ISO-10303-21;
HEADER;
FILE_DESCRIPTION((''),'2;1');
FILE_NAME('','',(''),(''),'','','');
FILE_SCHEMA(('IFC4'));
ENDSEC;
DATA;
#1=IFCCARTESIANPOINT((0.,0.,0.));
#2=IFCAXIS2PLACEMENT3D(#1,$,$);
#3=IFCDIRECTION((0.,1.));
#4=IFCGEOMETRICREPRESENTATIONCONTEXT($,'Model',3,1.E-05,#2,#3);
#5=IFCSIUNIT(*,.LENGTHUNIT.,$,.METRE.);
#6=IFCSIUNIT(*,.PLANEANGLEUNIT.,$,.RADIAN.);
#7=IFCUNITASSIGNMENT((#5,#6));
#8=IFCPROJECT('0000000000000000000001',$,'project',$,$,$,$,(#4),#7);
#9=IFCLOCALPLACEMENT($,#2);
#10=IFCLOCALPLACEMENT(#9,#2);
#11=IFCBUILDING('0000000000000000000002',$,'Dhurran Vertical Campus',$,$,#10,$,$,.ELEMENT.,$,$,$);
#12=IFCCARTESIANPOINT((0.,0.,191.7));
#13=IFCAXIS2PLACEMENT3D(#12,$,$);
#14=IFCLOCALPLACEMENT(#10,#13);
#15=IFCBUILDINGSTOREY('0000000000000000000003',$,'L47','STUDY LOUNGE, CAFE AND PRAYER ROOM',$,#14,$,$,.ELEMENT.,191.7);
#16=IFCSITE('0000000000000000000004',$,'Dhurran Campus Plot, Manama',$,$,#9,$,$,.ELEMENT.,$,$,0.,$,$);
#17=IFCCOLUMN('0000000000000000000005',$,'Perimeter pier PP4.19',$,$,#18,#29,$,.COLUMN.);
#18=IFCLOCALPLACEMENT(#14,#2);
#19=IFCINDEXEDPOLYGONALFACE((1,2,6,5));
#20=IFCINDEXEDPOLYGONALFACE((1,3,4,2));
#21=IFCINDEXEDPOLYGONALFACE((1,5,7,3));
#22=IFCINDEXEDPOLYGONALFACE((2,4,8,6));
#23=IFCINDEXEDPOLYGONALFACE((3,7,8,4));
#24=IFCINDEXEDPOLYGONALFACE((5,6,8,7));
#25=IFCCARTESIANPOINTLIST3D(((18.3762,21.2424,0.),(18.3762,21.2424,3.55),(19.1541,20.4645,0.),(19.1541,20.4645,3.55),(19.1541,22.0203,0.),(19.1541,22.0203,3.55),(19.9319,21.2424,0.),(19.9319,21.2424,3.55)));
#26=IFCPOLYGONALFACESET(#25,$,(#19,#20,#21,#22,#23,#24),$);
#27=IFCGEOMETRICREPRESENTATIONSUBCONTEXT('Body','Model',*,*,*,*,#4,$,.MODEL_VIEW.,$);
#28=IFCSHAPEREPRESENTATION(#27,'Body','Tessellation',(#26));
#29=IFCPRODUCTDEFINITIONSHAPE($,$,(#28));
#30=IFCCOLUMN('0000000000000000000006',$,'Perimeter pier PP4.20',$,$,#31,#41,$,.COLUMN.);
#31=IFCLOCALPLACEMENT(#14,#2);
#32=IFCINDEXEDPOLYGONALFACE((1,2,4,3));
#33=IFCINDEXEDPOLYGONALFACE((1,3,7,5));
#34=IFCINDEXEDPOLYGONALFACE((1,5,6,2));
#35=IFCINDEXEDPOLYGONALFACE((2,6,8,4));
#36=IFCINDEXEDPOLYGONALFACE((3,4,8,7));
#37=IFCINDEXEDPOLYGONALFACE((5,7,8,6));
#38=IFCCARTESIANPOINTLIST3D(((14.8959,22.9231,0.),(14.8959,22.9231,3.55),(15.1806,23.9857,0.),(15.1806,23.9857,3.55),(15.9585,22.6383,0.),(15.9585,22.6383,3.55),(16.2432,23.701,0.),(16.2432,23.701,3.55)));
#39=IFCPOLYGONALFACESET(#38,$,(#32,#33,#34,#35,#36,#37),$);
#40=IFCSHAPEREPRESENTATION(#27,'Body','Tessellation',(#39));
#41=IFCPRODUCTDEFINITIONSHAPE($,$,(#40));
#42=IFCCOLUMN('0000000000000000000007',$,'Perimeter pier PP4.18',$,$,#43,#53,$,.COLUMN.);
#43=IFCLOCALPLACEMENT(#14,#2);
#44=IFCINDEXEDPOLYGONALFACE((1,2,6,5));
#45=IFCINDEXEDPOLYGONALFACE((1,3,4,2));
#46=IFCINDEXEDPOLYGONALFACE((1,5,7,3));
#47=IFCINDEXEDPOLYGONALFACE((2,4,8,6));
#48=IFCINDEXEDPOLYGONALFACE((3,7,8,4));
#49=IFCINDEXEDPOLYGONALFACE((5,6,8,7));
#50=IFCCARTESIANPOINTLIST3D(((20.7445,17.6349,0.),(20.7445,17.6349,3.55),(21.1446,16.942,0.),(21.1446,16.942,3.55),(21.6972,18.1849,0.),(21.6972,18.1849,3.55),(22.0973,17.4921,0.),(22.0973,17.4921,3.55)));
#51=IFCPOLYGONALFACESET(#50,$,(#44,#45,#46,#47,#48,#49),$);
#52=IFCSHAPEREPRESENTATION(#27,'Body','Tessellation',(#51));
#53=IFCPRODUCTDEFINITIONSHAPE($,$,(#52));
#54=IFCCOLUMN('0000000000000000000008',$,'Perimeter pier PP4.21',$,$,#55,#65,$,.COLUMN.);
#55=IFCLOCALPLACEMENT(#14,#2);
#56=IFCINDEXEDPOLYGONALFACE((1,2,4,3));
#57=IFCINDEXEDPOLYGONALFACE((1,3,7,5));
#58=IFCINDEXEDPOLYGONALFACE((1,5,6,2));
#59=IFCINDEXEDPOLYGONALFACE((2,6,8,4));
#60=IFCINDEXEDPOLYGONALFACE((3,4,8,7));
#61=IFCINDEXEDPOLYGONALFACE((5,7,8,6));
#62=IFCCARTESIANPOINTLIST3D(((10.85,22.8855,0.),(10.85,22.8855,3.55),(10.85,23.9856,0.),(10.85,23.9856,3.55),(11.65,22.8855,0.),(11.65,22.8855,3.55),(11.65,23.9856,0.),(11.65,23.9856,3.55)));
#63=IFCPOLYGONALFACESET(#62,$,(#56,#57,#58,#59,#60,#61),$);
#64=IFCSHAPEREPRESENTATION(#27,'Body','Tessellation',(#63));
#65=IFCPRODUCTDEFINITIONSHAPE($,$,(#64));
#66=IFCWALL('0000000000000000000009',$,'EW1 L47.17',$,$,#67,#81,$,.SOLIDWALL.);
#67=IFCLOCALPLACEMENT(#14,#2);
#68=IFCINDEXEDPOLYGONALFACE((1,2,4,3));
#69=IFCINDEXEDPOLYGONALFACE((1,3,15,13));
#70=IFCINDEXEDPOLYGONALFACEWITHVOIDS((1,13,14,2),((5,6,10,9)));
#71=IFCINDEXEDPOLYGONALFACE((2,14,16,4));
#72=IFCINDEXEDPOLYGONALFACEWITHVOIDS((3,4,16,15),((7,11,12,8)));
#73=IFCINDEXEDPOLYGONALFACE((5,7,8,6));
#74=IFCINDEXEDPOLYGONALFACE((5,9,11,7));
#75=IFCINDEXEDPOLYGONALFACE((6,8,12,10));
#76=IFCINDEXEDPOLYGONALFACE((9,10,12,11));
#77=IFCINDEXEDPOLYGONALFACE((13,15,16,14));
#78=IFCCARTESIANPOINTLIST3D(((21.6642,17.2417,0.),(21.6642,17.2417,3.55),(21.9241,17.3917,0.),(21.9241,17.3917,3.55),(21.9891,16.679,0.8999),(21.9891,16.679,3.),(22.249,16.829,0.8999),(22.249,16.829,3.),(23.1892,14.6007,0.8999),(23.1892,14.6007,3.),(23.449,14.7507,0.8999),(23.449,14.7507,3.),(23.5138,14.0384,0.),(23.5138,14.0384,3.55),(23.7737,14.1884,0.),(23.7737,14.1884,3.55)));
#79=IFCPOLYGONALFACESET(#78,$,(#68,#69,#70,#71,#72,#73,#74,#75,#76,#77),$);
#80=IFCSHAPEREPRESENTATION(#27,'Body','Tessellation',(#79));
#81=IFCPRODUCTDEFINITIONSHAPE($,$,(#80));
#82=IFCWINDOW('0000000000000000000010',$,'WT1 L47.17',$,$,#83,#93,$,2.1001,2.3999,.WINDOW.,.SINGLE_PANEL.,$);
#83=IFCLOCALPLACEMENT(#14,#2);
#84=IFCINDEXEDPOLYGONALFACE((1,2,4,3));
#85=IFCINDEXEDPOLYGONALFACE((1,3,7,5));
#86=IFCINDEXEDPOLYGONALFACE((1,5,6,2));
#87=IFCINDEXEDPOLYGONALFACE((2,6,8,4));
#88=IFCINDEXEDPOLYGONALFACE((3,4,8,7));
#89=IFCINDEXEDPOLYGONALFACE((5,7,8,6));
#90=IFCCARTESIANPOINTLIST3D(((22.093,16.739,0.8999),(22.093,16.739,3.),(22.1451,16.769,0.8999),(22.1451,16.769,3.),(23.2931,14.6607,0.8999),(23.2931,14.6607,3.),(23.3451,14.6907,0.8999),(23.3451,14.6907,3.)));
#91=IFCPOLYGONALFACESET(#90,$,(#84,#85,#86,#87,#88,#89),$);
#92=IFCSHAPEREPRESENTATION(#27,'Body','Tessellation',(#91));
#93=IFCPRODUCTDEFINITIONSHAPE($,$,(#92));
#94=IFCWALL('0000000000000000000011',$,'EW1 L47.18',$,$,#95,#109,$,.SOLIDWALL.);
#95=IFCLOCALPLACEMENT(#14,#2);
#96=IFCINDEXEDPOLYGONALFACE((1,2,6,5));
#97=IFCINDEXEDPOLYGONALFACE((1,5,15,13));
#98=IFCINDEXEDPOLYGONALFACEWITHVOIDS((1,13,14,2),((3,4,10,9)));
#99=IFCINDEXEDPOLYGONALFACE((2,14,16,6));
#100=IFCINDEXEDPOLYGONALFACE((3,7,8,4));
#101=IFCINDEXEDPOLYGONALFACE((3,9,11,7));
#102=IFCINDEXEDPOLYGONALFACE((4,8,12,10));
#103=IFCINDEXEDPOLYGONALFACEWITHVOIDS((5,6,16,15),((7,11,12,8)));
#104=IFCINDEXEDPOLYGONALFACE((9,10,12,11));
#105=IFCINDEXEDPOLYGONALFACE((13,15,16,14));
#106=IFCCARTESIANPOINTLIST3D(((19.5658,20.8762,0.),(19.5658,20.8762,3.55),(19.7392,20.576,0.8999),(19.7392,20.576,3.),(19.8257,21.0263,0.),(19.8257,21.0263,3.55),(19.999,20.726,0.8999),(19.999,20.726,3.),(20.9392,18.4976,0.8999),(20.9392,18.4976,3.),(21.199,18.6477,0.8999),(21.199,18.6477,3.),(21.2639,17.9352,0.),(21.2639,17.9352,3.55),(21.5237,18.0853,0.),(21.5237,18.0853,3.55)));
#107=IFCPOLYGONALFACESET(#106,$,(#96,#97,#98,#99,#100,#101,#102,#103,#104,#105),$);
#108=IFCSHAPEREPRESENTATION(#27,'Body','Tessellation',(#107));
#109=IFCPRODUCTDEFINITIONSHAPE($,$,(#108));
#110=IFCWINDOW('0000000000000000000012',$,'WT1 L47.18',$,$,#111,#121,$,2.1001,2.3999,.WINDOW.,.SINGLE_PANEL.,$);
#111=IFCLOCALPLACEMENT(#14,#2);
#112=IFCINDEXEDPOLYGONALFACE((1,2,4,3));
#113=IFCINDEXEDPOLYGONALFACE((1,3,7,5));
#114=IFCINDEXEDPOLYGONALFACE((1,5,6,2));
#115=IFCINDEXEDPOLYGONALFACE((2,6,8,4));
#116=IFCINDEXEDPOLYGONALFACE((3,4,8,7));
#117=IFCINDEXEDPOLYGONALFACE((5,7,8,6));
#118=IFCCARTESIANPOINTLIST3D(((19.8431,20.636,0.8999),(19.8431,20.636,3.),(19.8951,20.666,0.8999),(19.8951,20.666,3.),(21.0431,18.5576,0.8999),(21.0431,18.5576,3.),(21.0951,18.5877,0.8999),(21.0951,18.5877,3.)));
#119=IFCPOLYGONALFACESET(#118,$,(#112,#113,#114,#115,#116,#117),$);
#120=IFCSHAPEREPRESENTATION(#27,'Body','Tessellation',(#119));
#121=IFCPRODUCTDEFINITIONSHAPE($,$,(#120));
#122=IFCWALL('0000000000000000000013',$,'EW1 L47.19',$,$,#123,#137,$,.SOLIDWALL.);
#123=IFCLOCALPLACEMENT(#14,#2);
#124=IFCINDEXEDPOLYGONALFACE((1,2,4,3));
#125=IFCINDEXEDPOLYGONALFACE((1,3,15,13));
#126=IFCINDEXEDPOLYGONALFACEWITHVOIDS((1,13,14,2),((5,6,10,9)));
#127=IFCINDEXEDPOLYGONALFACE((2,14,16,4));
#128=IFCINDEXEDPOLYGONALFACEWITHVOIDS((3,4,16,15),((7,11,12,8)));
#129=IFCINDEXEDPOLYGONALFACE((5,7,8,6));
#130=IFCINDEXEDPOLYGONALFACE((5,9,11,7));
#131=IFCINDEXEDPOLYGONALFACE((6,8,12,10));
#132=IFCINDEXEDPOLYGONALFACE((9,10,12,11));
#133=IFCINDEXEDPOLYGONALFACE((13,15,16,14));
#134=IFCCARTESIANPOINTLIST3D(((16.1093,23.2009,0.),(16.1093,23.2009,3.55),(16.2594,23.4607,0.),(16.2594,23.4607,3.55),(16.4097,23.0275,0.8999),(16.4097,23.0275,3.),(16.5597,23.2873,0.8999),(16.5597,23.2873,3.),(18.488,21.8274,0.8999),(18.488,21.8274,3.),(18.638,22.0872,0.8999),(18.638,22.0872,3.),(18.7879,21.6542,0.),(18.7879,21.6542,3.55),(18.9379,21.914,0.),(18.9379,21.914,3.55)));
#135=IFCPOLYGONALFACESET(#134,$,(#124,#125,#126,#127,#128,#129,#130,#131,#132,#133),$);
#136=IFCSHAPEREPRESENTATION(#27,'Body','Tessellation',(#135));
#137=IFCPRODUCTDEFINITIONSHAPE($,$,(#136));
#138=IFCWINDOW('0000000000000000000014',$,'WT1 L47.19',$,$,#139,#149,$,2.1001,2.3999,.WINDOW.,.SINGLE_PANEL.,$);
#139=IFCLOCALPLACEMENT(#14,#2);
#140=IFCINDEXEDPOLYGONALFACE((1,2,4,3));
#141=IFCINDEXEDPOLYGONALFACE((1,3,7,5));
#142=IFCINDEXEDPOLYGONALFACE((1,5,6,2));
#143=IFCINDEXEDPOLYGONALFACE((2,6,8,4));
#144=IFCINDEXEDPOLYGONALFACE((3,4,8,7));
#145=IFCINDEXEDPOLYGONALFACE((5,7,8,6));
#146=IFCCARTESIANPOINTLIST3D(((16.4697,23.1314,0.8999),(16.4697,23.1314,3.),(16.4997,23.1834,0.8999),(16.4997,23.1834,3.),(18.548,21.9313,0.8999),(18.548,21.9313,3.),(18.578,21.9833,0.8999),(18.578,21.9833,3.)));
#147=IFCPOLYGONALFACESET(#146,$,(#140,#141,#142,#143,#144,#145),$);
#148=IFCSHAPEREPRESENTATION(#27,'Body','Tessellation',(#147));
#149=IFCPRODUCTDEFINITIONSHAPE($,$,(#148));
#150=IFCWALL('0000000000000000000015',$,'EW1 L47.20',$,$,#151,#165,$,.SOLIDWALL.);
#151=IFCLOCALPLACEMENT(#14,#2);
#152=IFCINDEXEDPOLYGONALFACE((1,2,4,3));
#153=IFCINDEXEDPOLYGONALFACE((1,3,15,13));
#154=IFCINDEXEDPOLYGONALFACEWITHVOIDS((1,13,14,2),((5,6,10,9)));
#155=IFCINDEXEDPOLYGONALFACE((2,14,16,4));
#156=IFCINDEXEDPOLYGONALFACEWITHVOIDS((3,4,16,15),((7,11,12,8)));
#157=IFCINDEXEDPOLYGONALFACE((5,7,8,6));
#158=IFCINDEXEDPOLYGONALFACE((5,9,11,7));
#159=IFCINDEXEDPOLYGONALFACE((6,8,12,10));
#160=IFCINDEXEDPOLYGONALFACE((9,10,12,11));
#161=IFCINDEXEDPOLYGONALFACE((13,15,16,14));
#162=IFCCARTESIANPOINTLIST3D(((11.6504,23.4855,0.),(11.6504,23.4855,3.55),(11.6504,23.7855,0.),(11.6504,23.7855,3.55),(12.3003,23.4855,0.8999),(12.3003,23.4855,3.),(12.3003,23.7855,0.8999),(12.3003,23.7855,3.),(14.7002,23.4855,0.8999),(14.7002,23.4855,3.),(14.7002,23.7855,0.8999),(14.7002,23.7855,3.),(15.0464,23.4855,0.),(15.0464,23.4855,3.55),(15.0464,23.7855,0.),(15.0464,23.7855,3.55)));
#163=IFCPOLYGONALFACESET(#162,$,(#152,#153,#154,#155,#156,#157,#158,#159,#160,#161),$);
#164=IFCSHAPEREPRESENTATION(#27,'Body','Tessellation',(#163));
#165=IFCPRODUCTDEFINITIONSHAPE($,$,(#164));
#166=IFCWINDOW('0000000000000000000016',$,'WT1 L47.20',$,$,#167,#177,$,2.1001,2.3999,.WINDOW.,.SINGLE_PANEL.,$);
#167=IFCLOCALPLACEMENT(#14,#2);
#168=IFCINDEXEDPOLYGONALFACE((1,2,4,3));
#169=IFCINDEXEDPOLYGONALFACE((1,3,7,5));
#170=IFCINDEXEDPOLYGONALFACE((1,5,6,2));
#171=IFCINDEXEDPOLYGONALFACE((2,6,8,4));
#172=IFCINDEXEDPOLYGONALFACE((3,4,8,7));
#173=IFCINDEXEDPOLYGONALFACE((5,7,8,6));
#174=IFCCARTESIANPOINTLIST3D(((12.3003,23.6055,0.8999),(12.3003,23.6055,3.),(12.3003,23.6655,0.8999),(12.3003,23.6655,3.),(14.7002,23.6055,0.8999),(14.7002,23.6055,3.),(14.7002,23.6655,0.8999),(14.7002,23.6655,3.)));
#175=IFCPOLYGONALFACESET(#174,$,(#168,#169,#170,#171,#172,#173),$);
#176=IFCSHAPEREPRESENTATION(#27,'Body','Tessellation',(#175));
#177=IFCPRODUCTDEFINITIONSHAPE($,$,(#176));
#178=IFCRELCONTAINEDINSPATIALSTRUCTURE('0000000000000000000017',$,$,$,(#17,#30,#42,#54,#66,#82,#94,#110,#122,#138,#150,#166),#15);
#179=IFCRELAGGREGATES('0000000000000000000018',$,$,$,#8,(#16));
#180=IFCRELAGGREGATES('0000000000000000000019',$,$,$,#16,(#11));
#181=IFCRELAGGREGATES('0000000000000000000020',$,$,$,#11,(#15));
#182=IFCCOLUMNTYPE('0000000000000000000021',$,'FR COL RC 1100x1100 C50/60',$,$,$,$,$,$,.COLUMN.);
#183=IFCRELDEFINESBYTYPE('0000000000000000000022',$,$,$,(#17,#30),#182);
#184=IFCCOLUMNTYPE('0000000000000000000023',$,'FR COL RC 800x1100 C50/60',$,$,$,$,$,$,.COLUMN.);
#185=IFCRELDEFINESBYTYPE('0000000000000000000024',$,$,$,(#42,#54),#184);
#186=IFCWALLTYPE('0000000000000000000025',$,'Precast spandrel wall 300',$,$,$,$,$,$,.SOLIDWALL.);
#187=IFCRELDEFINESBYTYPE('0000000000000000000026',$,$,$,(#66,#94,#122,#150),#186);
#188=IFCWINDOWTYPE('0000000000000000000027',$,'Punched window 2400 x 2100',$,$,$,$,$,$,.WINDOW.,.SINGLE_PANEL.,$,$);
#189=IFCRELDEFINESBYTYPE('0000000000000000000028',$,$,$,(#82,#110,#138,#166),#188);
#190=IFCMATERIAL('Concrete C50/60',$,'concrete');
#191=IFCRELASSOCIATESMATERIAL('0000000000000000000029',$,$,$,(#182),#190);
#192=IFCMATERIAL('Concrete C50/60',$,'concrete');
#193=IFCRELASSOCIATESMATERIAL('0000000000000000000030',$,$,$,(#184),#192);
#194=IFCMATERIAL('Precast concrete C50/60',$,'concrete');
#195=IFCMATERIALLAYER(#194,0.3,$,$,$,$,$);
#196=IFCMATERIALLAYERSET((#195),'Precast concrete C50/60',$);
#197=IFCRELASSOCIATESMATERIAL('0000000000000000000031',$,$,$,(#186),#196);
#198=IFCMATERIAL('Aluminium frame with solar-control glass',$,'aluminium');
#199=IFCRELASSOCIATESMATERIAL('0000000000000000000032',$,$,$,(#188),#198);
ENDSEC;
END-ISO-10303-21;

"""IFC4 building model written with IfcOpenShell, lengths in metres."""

from ifc_helpers import new_model, si_unit, direction, frame, frame_2d, origin, origin_2d, place, context, subcontext, project, spatial, rectangle, extrude, material, layer, layer_set, material_profile, profile_set, type_object, element, fill, save


model = new_model("IFC4")

# Units and contexts
model_context = context("Model", 3, precision=1e-05, world=origin(), true_north=direction((0.0, 1.0)))
body_context = subcontext(model_context, "Body", "Model", "MODEL_VIEW")
ifc_project = project(units=[si_unit("LENGTHUNIT", "METRE"), si_unit("PLANEANGLEUNIT", "RADIAN")], contexts=[model_context])

# Site, building, storey
site_placement = place(None, origin())
site = spatial("IfcSite", under=ifc_project, at=site_placement, Name="Dhurran Campus Plot, Manama", CompositionType="ELEMENT", RefElevation=0.0)
building_placement = place(site_placement, origin())
building = spatial("IfcBuilding", under=site, at=building_placement, Name="Dhurran Vertical Campus", CompositionType="ELEMENT")
storey_placement = place(building_placement, frame((0.0, 0.0, 191.7)))
storey = spatial("IfcBuildingStorey", under=building, at=storey_placement, Name="L47", Description="STUDY LOUNGE, CAFE AND PRAYER ROOM", CompositionType="ELEMENT", Elevation=191.7)

# Columns
ifc_material_1 = material(Name="Concrete C50/60", Category="concrete")
ifc_material_profile_1 = material_profile(ifc_material_1, rectangle(XDim=1.1001, YDim=1.1001, at=origin_2d()), Name="RC 1100x1100")
ifc_profile_set_1 = profile_set([ifc_material_profile_1], Name="Concrete C50/60")
column_type_1 = type_object("IfcColumnType", Name="FR COL RC 1100x1100 C50/60", PredefinedType="COLUMN", material=ifc_profile_set_1)
for number, where, z_axis, x_axis, name in (
    (1, (19.1541, 21.2424, 0.0), (0.0, 0.0, 1.0), (-0.707107, 0.707107, 0.0), "Perimeter pier PP4.19"),
    (2, (15.5696, 23.312, 0.0), (0.0, 0.0, 1.0), (-0.965926, 0.258819, 0.0), "Perimeter pier PP4.20"),
):
    element("IfcColumn", number, at=place(storey_placement, frame(where, z_axis=z_axis, x_axis=x_axis)), inside=storey, type_object=column_type_1, Name=name, PredefinedType="COLUMN", context=body_context, shape_type="SweptSolid", body=[
        extrude(rectangle(XDim=1.1001, YDim=1.1001, at=origin_2d()), origin(), (0.0, 0.0, 1.0), 3.55),
    ])
ifc_material_2 = material(Name="Concrete C50/60", Category="concrete")
ifc_material_profile_2 = material_profile(ifc_material_2, rectangle(XDim=0.8, YDim=1.1001, at=origin_2d()), Name="RC 800x1100")
ifc_profile_set_2 = profile_set([ifc_material_profile_2], Name="Concrete C50/60")
column_type_2 = type_object("IfcColumnType", Name="FR COL RC 800x1100 C50/60", PredefinedType="COLUMN", material=ifc_profile_set_2)
for number, where, z_axis, x_axis, name in (
    (3, (21.4209, 17.5635, 0.0), (0.0, 0.0, 1.0), (-0.5, 0.866025, 0.0), "Perimeter pier PP4.18"),
    (4, (11.25, 23.4355, 0.0), (0.0, 0.0, 1.0), (-1.0, 0.0, 0.0), "Perimeter pier PP4.21"),
):
    element("IfcColumn", number, at=place(storey_placement, frame(where, z_axis=z_axis, x_axis=x_axis)), inside=storey, type_object=column_type_2, Name=name, PredefinedType="COLUMN", context=body_context, shape_type="SweptSolid", body=[
        extrude(rectangle(XDim=0.8, YDim=1.1001, at=origin_2d()), origin(), (0.0, 0.0, 1.0), 3.55),
    ])

# Walls, openings, windows
ifc_material_3 = material(Name="Precast concrete C50/60", Category="concrete")
ifc_layer_1 = layer(ifc_material_3, 0.3)
ifc_layer_set_1 = layer_set([ifc_layer_1], Name="Precast concrete C50/60")
wall_type_1 = type_object("IfcWallType", Name="Precast spandrel wall 300", PredefinedType="SOLIDWALL", material=ifc_layer_set_1)
wall_1_placement = place(storey_placement, frame((23.6438, 14.1133, 0.0), z_axis=(0.0, 0.0, 1.0), x_axis=(-0.500029, 0.866009, 0.0)))
wall_1 = element("IfcWall", 5, at=wall_1_placement, inside=storey, type_object=wall_type_1, Name="EW1 L47.17", PredefinedType="SOLIDWALL", context=body_context, shape_type="SweptSolid", body=[
    extrude(rectangle(XDim=3.699, YDim=0.3, at=frame_2d((1.8496, 0.0))), origin(), (0.0, 0.0, 1.0), 3.55),
])
opening_1_placement = place(wall_1_placement, frame((0.6494, 0.0, 0.8999)))
opening_1 = element("IfcOpeningElement", 6, at=opening_1_placement, cuts=wall_1, PredefinedType="OPENING", context=body_context, shape_type="SweptSolid", body=[
    extrude(rectangle(XDim=2.3999, YDim=2.1001, at=frame_2d((1.2, 1.05))), frame((0.0, 0.1599, 0.0), z_axis=(0.0, -1.0, 0.0), x_axis=(1.0, 0.0, 0.0)), (0.0, 0.0, 1.0), 0.3201),
])
ifc_material_4 = material(Name="Aluminium frame with solar-control glass", Category="aluminium")
window_type = type_object("IfcWindowType", Name="Punched window 2400 x 2100", PartitioningType="SINGLE_PANEL", PredefinedType="WINDOW", material=ifc_material_4)
window_1_placement = place(opening_1_placement, origin())
window_1 = element("IfcWindow", 7, at=window_1_placement, inside=storey, type_object=window_type, Name="WT1 L47.17", OverallHeight=2.1001, OverallWidth=2.3999, PartitioningType="SINGLE_PANEL", PredefinedType="WINDOW", context=body_context, shape_type="SweptSolid", body=[
    extrude(rectangle(XDim=2.3999, YDim=2.1001, at=frame_2d((1.2, 1.05))), frame((0.0, 0.03, 0.0), z_axis=(0.0, -1.0, 0.0), x_axis=(1.0, 0.0, 0.0)), (0.0, 0.0, 1.0), 0.0601),
])
fill(opening_1, window_1)
wall_2_placement = place(storey_placement, frame((21.3938, 18.0103, 0.0), z_axis=(0.0, 0.0, 1.0), x_axis=(-0.500013, 0.866018, 0.0)))
wall_2 = element("IfcWall", 8, at=wall_2_placement, inside=storey, type_object=wall_type_1, Name="EW1 L47.18", PredefinedType="SOLIDWALL", context=body_context, shape_type="SweptSolid", body=[
    extrude(rectangle(XDim=3.396, YDim=0.3, at=frame_2d((1.698, 0.0))), origin(), (0.0, 0.0, 1.0), 3.55),
])
opening_2_placement = place(wall_2_placement, frame((0.6494, 0.0, 0.8999)))
opening_2 = element("IfcOpeningElement", 9, at=opening_2_placement, cuts=wall_2, PredefinedType="OPENING", context=body_context, shape_type="SweptSolid", body=[
    extrude(rectangle(XDim=2.3999, YDim=2.1001, at=frame_2d((1.2, 1.05))), frame((0.0, 0.1599, 0.0), z_axis=(0.0, -1.0, 0.0), x_axis=(1.0, 0.0, 0.0)), (0.0, 0.0, 1.0), 0.3201),
])
window_2_placement = place(opening_2_placement, origin())
window_2 = element("IfcWindow", 10, at=window_2_placement, inside=storey, type_object=window_type, Name="WT1 L47.18", OverallHeight=2.1001, OverallWidth=2.3999, PartitioningType="SINGLE_PANEL", PredefinedType="WINDOW", context=body_context, shape_type="SweptSolid", body=[
    extrude(rectangle(XDim=2.3999, YDim=2.1001, at=frame_2d((1.2, 1.05))), frame((0.0, 0.03, 0.0), z_axis=(0.0, -1.0, 0.0), x_axis=(1.0, 0.0, 0.0)), (0.0, 0.0, 1.0), 0.0601),
])
fill(opening_2, window_2)
wall_3_placement = place(storey_placement, frame((18.8628, 21.7842, 0.0), z_axis=(0.0, 0.0, 1.0), x_axis=(-0.865995, 0.500053, 0.0)))
wall_3 = element("IfcWall", 11, at=wall_3_placement, inside=storey, type_object=wall_type_1, Name="EW1 L47.19", PredefinedType="SOLIDWALL", context=body_context, shape_type="SweptSolid", body=[
    extrude(rectangle(XDim=3.093, YDim=0.3, at=frame_2d((1.5464, 0.0))), origin(), (0.0, 0.0, 1.0), 3.55),
])
opening_3_placement = place(wall_3_placement, frame((0.3462, 0.0, 0.8999)))
opening_3 = element("IfcOpeningElement", 12, at=opening_3_placement, cuts=wall_3, PredefinedType="OPENING", context=body_context, shape_type="SweptSolid", body=[
    extrude(rectangle(XDim=2.3999, YDim=2.1001, at=frame_2d((1.2, 1.05))), frame((0.0, 0.1599, 0.0), z_axis=(0.0, -1.0, 0.0), x_axis=(1.0, 0.0, 0.0)), (0.0, 0.0, 1.0), 0.3201),
])
window_3_placement = place(opening_3_placement, origin())
window_3 = element("IfcWindow", 13, at=window_3_placement, inside=storey, type_object=window_type, Name="WT1 L47.19", OverallHeight=2.1001, OverallWidth=2.3999, PartitioningType="SINGLE_PANEL", PredefinedType="WINDOW", context=body_context, shape_type="SweptSolid", body=[
    extrude(rectangle(XDim=2.3999, YDim=2.1001, at=frame_2d((1.2, 1.05))), frame((0.0, 0.03, 0.0), z_axis=(0.0, -1.0, 0.0), x_axis=(1.0, 0.0, 0.0)), (0.0, 0.0, 1.0), 0.0601),
])
fill(opening_3, window_3)
wall_4_placement = place(storey_placement, frame((15.0464, 23.6355, 0.0), z_axis=(0.0, 0.0, 1.0), x_axis=(-1.0, 0.0, 0.0)))
wall_4 = element("IfcWall", 14, at=wall_4_placement, inside=storey, type_object=wall_type_1, Name="EW1 L47.20", PredefinedType="SOLIDWALL", context=body_context, shape_type="SweptSolid", body=[
    extrude(rectangle(XDim=3.396, YDim=0.3, at=frame_2d((1.698, 0.0))), origin(), (0.0, 0.0, 1.0), 3.55),
])
opening_4_placement = place(wall_4_placement, frame((0.3462, 0.0, 0.8999)))
opening_4 = element("IfcOpeningElement", 15, at=opening_4_placement, cuts=wall_4, PredefinedType="OPENING", context=body_context, shape_type="SweptSolid", body=[
    extrude(rectangle(XDim=2.3999, YDim=2.1001, at=frame_2d((1.2, 1.05))), frame((0.0, 0.1599, 0.0), z_axis=(0.0, -1.0, 0.0), x_axis=(1.0, 0.0, 0.0)), (0.0, 0.0, 1.0), 0.3201),
])
window_4_placement = place(opening_4_placement, origin())
window_4 = element("IfcWindow", 16, at=window_4_placement, inside=storey, type_object=window_type, Name="WT1 L47.20", OverallHeight=2.1001, OverallWidth=2.3999, PartitioningType="SINGLE_PANEL", PredefinedType="WINDOW", context=body_context, shape_type="SweptSolid", body=[
    extrude(rectangle(XDim=2.3999, YDim=2.1001, at=frame_2d((1.2, 1.05))), frame((0.0, 0.03, 0.0), z_axis=(0.0, -1.0, 0.0), x_axis=(1.0, 0.0, 0.0)), (0.0, 0.0, 1.0), 0.0601),
])
fill(opening_4, window_4)

save(model, "model.ifc")
